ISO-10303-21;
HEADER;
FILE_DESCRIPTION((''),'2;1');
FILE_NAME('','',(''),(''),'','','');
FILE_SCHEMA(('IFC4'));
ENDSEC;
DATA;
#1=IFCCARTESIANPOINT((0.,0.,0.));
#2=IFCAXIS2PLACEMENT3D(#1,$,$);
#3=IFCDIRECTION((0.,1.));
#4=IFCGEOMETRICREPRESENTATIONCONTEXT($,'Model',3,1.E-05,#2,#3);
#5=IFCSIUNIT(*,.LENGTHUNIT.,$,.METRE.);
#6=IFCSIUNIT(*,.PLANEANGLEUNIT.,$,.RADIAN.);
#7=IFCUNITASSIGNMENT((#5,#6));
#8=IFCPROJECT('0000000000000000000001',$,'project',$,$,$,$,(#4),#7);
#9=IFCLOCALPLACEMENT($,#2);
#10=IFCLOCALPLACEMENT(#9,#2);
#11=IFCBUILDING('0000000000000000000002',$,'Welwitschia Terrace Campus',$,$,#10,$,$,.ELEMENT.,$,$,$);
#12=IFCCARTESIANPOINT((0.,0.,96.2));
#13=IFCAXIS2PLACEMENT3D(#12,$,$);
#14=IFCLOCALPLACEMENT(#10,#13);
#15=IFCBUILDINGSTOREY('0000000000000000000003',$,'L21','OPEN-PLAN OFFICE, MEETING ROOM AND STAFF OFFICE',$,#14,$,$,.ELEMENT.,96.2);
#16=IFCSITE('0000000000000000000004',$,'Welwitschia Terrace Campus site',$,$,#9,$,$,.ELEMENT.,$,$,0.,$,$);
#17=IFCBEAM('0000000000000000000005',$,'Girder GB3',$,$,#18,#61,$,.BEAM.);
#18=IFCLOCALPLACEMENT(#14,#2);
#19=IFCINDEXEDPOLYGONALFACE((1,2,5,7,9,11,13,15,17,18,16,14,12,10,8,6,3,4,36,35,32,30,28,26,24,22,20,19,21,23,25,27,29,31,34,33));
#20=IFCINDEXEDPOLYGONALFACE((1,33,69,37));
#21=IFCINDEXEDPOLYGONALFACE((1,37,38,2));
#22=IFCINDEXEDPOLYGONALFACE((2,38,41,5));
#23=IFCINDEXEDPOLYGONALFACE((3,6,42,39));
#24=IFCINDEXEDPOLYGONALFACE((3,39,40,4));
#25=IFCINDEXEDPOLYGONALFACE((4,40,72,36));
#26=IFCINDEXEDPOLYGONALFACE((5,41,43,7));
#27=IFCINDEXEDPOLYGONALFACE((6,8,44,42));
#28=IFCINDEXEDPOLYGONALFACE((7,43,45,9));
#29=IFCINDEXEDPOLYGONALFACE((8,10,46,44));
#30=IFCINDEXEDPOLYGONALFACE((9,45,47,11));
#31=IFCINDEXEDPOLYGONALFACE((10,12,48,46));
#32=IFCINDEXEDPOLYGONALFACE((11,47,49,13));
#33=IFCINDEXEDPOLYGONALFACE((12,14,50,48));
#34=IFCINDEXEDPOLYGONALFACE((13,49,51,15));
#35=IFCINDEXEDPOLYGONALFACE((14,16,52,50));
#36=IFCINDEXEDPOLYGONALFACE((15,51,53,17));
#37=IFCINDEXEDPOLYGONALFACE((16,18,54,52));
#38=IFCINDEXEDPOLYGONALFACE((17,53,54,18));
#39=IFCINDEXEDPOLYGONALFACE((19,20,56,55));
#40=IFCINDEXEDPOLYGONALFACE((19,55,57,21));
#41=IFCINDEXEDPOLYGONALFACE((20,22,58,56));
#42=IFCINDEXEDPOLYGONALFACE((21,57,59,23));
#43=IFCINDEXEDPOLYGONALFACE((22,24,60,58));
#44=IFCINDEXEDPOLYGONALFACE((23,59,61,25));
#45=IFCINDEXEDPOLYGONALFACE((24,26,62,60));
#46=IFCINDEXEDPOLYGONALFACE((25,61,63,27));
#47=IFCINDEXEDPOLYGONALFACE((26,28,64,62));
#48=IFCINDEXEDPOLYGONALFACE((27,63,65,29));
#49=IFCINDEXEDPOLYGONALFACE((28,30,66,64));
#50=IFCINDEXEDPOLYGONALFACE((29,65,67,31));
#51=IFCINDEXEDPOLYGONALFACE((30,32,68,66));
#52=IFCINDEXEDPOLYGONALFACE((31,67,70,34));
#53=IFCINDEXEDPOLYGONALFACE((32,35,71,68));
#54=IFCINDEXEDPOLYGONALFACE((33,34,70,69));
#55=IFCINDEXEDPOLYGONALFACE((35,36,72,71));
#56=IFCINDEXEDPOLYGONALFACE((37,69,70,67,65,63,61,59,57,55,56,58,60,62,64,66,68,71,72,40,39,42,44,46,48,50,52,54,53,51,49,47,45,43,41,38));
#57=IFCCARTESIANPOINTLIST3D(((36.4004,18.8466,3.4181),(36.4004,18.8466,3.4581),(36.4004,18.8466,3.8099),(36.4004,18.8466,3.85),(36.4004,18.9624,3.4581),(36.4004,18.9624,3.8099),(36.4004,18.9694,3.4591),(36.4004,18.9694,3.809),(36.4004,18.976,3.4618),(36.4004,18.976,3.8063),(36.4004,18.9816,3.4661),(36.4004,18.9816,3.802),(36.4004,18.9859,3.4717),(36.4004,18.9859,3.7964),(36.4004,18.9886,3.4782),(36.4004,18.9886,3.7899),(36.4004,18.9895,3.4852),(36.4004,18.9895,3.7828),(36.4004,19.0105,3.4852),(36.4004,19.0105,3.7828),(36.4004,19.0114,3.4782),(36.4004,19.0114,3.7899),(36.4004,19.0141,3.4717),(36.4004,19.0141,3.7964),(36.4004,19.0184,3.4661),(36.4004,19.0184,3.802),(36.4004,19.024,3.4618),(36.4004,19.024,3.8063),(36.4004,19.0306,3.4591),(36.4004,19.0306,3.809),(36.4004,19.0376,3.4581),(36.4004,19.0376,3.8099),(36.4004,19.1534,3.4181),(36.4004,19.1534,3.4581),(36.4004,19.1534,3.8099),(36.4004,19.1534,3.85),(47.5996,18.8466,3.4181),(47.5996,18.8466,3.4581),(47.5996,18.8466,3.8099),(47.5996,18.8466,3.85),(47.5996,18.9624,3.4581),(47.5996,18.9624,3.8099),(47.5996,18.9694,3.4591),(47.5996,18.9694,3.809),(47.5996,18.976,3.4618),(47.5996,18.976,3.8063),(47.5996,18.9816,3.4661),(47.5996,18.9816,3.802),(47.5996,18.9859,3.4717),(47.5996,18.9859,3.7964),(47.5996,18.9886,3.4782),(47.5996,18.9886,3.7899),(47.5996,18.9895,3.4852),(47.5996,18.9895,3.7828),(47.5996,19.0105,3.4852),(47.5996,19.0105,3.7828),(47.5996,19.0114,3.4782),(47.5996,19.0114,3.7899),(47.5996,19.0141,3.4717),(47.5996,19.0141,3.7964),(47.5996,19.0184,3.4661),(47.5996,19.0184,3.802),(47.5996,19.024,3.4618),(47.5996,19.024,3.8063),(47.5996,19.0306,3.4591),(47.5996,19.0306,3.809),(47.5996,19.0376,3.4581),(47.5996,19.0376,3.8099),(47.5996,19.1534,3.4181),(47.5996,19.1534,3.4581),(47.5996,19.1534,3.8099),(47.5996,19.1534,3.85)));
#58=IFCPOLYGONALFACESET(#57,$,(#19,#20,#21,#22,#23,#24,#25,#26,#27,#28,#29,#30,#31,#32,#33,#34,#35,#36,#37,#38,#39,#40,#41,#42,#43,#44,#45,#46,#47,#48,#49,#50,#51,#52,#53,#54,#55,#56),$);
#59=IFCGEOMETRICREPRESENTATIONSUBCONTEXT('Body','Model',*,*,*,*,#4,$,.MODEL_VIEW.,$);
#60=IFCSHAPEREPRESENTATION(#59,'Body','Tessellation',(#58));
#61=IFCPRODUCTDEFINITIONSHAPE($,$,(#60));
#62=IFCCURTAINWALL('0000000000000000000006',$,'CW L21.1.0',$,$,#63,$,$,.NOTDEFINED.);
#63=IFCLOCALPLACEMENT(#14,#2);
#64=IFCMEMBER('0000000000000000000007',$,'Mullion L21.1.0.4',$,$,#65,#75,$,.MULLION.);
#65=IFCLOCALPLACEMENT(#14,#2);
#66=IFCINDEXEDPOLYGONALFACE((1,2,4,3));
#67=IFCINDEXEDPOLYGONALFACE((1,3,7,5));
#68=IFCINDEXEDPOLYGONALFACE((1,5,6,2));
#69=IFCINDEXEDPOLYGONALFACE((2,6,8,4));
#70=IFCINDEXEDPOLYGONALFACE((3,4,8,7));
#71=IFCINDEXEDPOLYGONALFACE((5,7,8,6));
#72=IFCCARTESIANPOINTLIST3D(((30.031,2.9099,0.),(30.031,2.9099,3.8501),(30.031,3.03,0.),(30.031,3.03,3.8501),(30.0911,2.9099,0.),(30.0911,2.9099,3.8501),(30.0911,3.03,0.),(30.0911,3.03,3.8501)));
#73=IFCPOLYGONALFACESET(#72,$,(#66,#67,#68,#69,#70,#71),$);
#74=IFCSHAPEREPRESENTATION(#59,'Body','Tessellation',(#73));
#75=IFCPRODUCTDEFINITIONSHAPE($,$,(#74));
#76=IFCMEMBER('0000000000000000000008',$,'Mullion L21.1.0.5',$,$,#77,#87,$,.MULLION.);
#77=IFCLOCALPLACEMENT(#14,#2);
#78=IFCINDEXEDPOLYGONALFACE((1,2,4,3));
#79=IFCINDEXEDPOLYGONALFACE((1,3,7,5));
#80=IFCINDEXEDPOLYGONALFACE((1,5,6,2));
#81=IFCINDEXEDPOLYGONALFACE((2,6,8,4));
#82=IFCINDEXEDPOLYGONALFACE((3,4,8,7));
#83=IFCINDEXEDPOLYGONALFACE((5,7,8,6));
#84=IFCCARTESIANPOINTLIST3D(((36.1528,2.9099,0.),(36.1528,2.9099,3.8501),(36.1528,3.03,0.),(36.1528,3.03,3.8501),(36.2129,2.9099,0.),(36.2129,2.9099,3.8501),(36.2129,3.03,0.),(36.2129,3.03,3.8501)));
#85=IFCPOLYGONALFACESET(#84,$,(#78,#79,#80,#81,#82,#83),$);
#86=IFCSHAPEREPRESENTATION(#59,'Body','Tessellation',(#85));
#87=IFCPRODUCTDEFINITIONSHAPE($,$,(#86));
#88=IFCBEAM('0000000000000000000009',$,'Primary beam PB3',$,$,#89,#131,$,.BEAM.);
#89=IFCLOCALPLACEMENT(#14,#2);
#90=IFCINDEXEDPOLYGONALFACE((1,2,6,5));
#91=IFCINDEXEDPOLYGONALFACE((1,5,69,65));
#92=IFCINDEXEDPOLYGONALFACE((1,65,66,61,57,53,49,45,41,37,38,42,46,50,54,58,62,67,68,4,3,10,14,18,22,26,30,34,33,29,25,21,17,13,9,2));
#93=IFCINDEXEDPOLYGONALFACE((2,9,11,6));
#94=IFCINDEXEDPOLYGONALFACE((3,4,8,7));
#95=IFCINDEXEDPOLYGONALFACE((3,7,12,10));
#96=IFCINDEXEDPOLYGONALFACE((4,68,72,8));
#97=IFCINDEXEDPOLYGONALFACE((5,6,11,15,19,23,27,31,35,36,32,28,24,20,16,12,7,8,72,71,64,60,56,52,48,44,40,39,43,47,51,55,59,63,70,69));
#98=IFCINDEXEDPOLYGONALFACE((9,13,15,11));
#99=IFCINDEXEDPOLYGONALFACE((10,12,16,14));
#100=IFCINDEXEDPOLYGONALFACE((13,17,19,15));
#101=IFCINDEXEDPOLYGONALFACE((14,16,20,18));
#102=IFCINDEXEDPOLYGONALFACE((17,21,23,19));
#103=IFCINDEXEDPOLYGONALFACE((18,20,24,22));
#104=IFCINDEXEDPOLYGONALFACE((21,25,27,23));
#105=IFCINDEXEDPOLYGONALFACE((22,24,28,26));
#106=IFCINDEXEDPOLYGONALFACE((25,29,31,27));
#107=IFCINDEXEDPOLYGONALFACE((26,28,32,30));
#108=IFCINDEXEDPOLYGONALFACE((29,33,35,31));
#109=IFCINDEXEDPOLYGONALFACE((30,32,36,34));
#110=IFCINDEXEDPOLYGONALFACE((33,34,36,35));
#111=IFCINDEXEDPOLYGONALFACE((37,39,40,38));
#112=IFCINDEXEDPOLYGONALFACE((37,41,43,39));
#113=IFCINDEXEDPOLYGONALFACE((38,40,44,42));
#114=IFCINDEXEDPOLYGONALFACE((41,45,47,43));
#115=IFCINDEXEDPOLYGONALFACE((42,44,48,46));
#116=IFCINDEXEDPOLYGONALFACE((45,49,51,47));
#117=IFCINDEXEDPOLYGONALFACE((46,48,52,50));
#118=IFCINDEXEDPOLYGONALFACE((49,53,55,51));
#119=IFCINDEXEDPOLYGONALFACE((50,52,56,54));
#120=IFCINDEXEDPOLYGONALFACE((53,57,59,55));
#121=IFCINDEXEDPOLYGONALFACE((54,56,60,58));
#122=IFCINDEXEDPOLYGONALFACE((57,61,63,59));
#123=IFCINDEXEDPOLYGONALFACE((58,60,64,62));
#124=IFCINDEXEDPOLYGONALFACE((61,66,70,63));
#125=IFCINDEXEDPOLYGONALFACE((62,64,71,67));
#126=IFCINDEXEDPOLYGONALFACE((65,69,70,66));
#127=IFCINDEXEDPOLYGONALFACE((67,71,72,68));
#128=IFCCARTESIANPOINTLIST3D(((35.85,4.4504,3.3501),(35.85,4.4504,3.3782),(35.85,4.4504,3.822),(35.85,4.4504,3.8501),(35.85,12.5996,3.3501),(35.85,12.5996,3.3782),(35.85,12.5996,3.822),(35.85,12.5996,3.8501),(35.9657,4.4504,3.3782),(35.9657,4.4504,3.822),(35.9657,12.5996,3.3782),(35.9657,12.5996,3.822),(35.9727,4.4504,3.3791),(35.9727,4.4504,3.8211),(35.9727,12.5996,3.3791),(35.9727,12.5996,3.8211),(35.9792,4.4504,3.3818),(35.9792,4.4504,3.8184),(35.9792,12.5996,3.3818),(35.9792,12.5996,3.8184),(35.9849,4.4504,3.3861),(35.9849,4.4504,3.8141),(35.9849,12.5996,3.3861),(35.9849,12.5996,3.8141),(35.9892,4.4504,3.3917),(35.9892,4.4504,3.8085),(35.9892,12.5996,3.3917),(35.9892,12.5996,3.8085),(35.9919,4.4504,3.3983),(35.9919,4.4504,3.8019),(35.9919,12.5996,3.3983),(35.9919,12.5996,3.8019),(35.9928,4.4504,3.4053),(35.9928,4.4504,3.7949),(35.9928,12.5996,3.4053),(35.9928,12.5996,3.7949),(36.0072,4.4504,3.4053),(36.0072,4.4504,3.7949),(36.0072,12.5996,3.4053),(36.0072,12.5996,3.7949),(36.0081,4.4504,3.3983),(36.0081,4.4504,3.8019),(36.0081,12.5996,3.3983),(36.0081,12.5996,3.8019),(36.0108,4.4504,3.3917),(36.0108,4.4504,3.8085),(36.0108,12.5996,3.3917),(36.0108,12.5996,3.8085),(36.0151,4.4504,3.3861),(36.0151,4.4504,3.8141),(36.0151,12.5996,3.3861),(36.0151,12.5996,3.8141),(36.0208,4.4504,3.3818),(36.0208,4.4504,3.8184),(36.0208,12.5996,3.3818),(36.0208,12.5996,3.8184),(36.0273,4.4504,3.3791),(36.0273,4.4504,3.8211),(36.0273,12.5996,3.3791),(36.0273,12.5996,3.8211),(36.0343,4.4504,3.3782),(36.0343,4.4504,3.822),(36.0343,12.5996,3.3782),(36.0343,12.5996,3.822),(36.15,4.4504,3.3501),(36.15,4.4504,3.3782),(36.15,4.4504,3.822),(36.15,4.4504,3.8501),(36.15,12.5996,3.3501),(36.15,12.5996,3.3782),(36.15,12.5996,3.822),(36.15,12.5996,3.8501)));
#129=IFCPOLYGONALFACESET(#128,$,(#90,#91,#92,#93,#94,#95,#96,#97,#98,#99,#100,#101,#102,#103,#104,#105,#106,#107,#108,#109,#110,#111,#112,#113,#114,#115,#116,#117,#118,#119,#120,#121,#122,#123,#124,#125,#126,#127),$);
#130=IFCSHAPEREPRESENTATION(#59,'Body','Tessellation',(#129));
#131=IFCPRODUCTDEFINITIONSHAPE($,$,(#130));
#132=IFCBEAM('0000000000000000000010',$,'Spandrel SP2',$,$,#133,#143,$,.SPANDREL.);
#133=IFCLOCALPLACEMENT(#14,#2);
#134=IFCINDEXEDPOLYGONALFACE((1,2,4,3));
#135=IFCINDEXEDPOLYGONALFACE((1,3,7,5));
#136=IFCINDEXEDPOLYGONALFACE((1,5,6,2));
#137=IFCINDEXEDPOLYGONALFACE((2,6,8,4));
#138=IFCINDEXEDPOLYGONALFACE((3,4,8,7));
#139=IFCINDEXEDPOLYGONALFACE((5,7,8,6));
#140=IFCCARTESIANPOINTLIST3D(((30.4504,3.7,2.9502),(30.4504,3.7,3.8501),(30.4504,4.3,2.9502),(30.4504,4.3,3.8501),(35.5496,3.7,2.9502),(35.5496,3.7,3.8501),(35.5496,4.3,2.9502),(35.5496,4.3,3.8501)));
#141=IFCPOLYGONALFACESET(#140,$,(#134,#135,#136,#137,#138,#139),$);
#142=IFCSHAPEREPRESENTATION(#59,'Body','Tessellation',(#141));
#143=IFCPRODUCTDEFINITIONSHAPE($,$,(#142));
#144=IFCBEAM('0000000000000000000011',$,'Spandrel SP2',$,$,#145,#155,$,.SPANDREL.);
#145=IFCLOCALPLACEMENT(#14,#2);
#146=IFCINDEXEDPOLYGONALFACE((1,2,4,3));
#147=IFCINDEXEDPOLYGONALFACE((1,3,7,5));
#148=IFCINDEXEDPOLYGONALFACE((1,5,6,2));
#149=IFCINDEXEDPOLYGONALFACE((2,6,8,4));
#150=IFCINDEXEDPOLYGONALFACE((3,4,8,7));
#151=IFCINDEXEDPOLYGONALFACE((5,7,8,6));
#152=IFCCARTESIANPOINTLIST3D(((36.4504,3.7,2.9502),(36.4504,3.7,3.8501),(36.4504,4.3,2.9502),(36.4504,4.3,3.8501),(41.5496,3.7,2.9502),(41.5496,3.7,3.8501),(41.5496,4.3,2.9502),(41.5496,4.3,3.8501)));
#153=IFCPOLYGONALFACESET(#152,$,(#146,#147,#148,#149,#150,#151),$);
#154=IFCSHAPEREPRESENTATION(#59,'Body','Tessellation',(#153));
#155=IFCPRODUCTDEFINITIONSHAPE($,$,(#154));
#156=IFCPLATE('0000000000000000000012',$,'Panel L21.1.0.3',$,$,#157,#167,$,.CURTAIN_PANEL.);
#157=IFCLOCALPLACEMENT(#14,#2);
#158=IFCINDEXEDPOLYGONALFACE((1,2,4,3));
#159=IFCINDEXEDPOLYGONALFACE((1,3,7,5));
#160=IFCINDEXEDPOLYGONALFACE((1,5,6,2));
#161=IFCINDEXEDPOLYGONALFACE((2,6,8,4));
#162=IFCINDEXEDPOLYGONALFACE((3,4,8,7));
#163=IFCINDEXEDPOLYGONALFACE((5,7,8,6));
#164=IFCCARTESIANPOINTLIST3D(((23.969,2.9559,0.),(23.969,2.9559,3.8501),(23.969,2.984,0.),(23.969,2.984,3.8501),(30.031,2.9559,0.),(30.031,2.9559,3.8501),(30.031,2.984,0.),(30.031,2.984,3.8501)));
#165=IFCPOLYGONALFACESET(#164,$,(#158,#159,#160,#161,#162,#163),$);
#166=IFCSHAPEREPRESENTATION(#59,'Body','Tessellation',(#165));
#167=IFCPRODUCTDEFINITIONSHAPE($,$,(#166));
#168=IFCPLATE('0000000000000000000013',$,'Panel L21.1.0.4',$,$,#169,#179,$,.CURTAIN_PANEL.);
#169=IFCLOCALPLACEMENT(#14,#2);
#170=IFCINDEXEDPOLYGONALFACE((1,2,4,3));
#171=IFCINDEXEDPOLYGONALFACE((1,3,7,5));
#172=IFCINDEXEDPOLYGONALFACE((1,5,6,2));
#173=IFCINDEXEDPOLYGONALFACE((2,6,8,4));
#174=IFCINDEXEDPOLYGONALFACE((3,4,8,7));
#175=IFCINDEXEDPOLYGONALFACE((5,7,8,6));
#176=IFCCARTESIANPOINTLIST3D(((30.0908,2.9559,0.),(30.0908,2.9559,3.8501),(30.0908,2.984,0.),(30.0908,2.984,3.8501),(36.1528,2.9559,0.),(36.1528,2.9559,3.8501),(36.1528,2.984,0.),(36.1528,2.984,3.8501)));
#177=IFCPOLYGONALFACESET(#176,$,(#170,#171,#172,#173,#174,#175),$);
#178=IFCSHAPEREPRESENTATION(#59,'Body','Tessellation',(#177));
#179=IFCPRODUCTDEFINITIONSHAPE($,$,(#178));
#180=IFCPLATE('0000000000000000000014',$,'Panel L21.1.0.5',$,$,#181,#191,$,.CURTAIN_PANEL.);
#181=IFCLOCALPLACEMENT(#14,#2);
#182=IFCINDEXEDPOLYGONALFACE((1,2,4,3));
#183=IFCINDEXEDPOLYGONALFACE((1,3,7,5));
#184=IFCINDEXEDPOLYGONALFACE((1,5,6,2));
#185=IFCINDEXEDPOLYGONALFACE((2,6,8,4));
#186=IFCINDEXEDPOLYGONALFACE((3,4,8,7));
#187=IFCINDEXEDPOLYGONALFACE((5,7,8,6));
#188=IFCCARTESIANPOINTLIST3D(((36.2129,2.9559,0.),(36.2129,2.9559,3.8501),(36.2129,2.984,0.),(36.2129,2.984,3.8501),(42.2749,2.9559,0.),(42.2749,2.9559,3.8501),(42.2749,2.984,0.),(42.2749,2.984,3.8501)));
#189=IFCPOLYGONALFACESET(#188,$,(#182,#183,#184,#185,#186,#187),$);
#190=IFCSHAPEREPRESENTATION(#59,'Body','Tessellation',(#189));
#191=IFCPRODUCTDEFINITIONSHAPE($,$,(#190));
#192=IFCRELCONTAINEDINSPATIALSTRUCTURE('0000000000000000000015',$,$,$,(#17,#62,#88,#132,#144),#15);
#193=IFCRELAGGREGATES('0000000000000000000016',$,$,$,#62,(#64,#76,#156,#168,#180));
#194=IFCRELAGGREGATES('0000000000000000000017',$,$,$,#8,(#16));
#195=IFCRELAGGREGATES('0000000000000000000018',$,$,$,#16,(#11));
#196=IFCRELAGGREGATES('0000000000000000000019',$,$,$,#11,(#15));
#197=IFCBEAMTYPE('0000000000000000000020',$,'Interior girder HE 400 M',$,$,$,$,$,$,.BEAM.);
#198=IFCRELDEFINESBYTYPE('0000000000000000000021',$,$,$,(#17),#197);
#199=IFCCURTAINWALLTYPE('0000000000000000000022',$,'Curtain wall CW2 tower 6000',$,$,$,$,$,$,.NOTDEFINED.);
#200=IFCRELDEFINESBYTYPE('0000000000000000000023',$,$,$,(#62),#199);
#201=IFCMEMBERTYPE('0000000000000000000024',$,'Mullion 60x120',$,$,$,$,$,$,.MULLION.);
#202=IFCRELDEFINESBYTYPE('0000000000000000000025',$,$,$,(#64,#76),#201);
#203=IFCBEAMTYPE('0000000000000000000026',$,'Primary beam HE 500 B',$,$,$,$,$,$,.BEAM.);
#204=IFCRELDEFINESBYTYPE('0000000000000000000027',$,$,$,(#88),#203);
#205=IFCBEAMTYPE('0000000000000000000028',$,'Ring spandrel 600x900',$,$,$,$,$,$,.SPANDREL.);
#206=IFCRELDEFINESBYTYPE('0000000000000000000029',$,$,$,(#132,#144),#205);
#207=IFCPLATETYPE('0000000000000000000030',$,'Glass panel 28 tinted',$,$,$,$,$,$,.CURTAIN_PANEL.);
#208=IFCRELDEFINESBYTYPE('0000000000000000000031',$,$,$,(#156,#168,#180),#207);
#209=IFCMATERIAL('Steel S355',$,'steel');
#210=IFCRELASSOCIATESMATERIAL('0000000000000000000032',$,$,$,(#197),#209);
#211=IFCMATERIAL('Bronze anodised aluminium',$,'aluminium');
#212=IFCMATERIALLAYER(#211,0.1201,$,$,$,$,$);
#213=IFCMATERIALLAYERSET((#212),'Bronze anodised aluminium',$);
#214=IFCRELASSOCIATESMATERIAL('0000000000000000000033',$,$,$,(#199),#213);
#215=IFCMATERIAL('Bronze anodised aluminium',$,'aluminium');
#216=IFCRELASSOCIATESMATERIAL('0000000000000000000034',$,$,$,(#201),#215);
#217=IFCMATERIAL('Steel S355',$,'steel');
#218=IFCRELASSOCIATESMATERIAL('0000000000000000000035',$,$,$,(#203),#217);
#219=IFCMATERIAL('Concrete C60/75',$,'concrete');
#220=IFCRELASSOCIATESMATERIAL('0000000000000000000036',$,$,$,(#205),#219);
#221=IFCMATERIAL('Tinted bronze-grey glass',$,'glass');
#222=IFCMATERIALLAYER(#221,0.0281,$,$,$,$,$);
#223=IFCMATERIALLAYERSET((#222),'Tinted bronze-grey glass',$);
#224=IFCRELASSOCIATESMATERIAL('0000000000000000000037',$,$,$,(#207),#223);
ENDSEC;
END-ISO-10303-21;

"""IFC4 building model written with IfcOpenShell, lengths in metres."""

from ifc_helpers import new_model, si_unit, direction, frame, origin, origin_2d, place, context, subcontext, project, spatial, rectangle, i_section, extrude, material, layer, layer_set, material_profile, profile_set, type_object, element, aggregate, save


model = new_model("IFC4")

# Units and contexts
model_context = context("Model", 3, precision=1e-05, world=origin(), true_north=direction((0.0, 1.0)))
body_context = subcontext(model_context, "Body", "Model", "MODEL_VIEW")
ifc_project = project(units=[si_unit("LENGTHUNIT", "METRE"), si_unit("PLANEANGLEUNIT", "RADIAN")], contexts=[model_context])

# Site, building, storey
site_placement = place(None, origin())
site = spatial("IfcSite", under=ifc_project, at=site_placement, Name="Welwitschia Terrace Campus site", CompositionType="ELEMENT", RefElevation=0.0)
building_placement = place(site_placement, origin())
building = spatial("IfcBuilding", under=site, at=building_placement, Name="Welwitschia Terrace Campus", CompositionType="ELEMENT")
storey_placement = place(building_placement, frame((0.0, 0.0, 96.2)))
storey = spatial("IfcBuildingStorey", under=building, at=storey_placement, Name="L21", Description="OPEN-PLAN OFFICE, MEETING ROOM AND STAFF OFFICE", CompositionType="ELEMENT", Elevation=96.2)

# Beam
ifc_material_1 = material(Name="Steel S355", Category="steel")
ifc_material_profile_1 = material_profile(ifc_material_1, i_section(OverallWidth=0.3069, OverallDepth=0.4319, WebThickness=0.021, FlangeThickness=0.04, FilletRadius=0.0271, at=origin_2d()))
ifc_profile_set_1 = profile_set([ifc_material_profile_1], Name="Steel S355")
beam_type_1 = type_object("IfcBeamType", Name="Interior girder HE 400 M", PredefinedType="BEAM", material=ifc_profile_set_1)
beam_1_placement = place(storey_placement, frame((36.4004, 19.0, 3.634), z_axis=(1.0, 0.0, 0.0), x_axis=(0.0, 1.0, 0.0)))
element("IfcBeam", 1, at=beam_1_placement, inside=storey, type_object=beam_type_1, Name="Girder GB3", PredefinedType="BEAM", context=body_context, shape_type="SweptSolid", body=[
    extrude(i_section(OverallWidth=0.3069, OverallDepth=0.4319, WebThickness=0.021, FlangeThickness=0.04, FilletRadius=0.0271, at=origin_2d()), origin(), (0.0, 0.0, 1.0), 11.1992),
])

# Curtain wall, members
ifc_material_2 = material(Name="Bronze anodised aluminium", Category="aluminium")
ifc_layer_1 = layer(ifc_material_2, 0.1201)
ifc_layer_set_1 = layer_set([ifc_layer_1], Name="Bronze anodised aluminium")
curtain_wall_type = type_object("IfcCurtainWallType", Name="Curtain wall CW2 tower 6000", PredefinedType="NOTDEFINED", material=ifc_layer_set_1)
curtain_wall_placement = place(storey_placement, origin())
curtain_wall = element("IfcCurtainWall", 2, at=curtain_wall_placement, inside=storey, type_object=curtain_wall_type, Name="CW L21.1.0", PredefinedType="NOTDEFINED")
ifc_material_3 = material(Name="Bronze anodised aluminium", Category="aluminium")
ifc_material_profile_2 = material_profile(ifc_material_3, rectangle(XDim=0.1201, YDim=0.0601, at=origin_2d()))
ifc_profile_set_2 = profile_set([ifc_material_profile_2], Name="Bronze anodised aluminium")
member_type = type_object("IfcMemberType", Name="Mullion 60x120", PredefinedType="MULLION", material=ifc_profile_set_2)
member_1_placement = place(storey_placement, frame((30.061, 2.97, 0.0), z_axis=(0.0, 0.0, 1.0), x_axis=(0.0, 1.0, 0.0)))
member_1 = element("IfcMember", 3, at=member_1_placement, type_object=member_type, Name="Mullion L21.1.0.4", PredefinedType="MULLION", context=body_context, shape_type="SweptSolid", body=[
    extrude(rectangle(XDim=0.1201, YDim=0.0601, at=origin_2d()), origin(), (0.0, 0.0, 1.0), 3.8501),
])
member_2_placement = place(storey_placement, frame((36.1829, 2.97, 0.0), z_axis=(0.0, 0.0, 1.0), x_axis=(0.0, 1.0, 0.0)))
member_2 = element("IfcMember", 4, at=member_2_placement, type_object=member_type, Name="Mullion L21.1.0.5", PredefinedType="MULLION", context=body_context, shape_type="SweptSolid", body=[
    extrude(rectangle(XDim=0.1201, YDim=0.0601, at=origin_2d()), origin(), (0.0, 0.0, 1.0), 3.8501),
])

# Beams
ifc_material_4 = material(Name="Steel S355", Category="steel")
ifc_material_profile_3 = material_profile(ifc_material_4, i_section(OverallWidth=0.3, OverallDepth=0.5, WebThickness=0.0144, FlangeThickness=0.0281, FilletRadius=0.0271, at=origin_2d()))
ifc_profile_set_3 = profile_set([ifc_material_profile_3], Name="Steel S355")
beam_type_2 = type_object("IfcBeamType", Name="Primary beam HE 500 B", PredefinedType="BEAM", material=ifc_profile_set_3)
beam_2_placement = place(storey_placement, frame((36.0, 4.4504, 3.6001), z_axis=(0.0, 1.0, 0.0), x_axis=(-1.0, 0.0, 0.0)))
element("IfcBeam", 5, at=beam_2_placement, inside=storey, type_object=beam_type_2, Name="Primary beam PB3", PredefinedType="BEAM", context=body_context, shape_type="SweptSolid", body=[
    extrude(i_section(OverallWidth=0.3, OverallDepth=0.5, WebThickness=0.0144, FlangeThickness=0.0281, FilletRadius=0.0271, at=origin_2d()), origin(), (0.0, 0.0, 1.0), 8.1492),
])
ifc_material_5 = material(Name="Concrete C60/75", Category="concrete")
ifc_material_profile_4 = material_profile(ifc_material_5, rectangle(XDim=0.6001, YDim=0.8999, at=origin_2d()))
ifc_profile_set_4 = profile_set([ifc_material_profile_4], Name="Concrete C60/75")
beam_type_3 = type_object("IfcBeamType", Name="Ring spandrel 600x900", PredefinedType="SPANDREL", material=ifc_profile_set_4)
for number, where, z_axis, x_axis, name in (
    (6, (30.4504, 4.0, 3.4001), (1.0, 0.0, 0.0), (0.0, 1.0, 0.0), "Spandrel SP2"),
    (7, (36.4504, 4.0, 3.4001), (1.0, 0.0, 0.0), (0.0, 1.0, 0.0), "Spandrel SP2"),
):
    element("IfcBeam", number, at=place(storey_placement, frame(where, z_axis=z_axis, x_axis=x_axis)), inside=storey, type_object=beam_type_3, Name=name, PredefinedType="SPANDREL", context=body_context, shape_type="SweptSolid", body=[
        extrude(rectangle(XDim=0.6001, YDim=0.8999, at=origin_2d()), origin(), (0.0, 0.0, 1.0), 5.0991),
    ])

# Plates
ifc_material_6 = material(Name="Tinted bronze-grey glass", Category="glass")
ifc_layer_2 = layer(ifc_material_6, 0.0281)
ifc_layer_set_2 = layer_set([ifc_layer_2], Name="Tinted bronze-grey glass")
plate_type = type_object("IfcPlateType", Name="Glass panel 28 tinted", PredefinedType="CURTAIN_PANEL", material=ifc_layer_set_2)
plate_1_placement = place(storey_placement, frame((27.0, 2.97, 0.0), z_axis=(0.0, 0.0, 1.0), x_axis=(1.0, 0.0, 0.0)))
plate_1 = element("IfcPlate", 8, at=plate_1_placement, type_object=plate_type, Name="Panel L21.1.0.3", PredefinedType="CURTAIN_PANEL", context=body_context, shape_type="SweptSolid", body=[
    extrude(rectangle(XDim=6.062, YDim=0.0281, at=origin_2d()), origin(), (0.0, 0.0, 1.0), 3.8501),
])
plate_2_placement = place(storey_placement, frame((33.1218, 2.97, 0.0), z_axis=(0.0, 0.0, 1.0), x_axis=(1.0, 0.0, 0.0)))
plate_2 = element("IfcPlate", 9, at=plate_2_placement, type_object=plate_type, Name="Panel L21.1.0.4", PredefinedType="CURTAIN_PANEL", context=body_context, shape_type="SweptSolid", body=[
    extrude(rectangle(XDim=6.062, YDim=0.0281, at=origin_2d()), origin(), (0.0, 0.0, 1.0), 3.8501),
])
plate_3_placement = place(storey_placement, frame((39.2439, 2.97, 0.0), z_axis=(0.0, 0.0, 1.0), x_axis=(1.0, 0.0, 0.0)))
plate_3 = element("IfcPlate", 10, at=plate_3_placement, type_object=plate_type, Name="Panel L21.1.0.5", PredefinedType="CURTAIN_PANEL", context=body_context, shape_type="SweptSolid", body=[
    extrude(rectangle(XDim=6.062, YDim=0.0281, at=origin_2d()), origin(), (0.0, 0.0, 1.0), 3.8501),
])
aggregate(curtain_wall, [member_1, member_2, plate_1, plate_2, plate_3])

save(model, "model.ifc")
